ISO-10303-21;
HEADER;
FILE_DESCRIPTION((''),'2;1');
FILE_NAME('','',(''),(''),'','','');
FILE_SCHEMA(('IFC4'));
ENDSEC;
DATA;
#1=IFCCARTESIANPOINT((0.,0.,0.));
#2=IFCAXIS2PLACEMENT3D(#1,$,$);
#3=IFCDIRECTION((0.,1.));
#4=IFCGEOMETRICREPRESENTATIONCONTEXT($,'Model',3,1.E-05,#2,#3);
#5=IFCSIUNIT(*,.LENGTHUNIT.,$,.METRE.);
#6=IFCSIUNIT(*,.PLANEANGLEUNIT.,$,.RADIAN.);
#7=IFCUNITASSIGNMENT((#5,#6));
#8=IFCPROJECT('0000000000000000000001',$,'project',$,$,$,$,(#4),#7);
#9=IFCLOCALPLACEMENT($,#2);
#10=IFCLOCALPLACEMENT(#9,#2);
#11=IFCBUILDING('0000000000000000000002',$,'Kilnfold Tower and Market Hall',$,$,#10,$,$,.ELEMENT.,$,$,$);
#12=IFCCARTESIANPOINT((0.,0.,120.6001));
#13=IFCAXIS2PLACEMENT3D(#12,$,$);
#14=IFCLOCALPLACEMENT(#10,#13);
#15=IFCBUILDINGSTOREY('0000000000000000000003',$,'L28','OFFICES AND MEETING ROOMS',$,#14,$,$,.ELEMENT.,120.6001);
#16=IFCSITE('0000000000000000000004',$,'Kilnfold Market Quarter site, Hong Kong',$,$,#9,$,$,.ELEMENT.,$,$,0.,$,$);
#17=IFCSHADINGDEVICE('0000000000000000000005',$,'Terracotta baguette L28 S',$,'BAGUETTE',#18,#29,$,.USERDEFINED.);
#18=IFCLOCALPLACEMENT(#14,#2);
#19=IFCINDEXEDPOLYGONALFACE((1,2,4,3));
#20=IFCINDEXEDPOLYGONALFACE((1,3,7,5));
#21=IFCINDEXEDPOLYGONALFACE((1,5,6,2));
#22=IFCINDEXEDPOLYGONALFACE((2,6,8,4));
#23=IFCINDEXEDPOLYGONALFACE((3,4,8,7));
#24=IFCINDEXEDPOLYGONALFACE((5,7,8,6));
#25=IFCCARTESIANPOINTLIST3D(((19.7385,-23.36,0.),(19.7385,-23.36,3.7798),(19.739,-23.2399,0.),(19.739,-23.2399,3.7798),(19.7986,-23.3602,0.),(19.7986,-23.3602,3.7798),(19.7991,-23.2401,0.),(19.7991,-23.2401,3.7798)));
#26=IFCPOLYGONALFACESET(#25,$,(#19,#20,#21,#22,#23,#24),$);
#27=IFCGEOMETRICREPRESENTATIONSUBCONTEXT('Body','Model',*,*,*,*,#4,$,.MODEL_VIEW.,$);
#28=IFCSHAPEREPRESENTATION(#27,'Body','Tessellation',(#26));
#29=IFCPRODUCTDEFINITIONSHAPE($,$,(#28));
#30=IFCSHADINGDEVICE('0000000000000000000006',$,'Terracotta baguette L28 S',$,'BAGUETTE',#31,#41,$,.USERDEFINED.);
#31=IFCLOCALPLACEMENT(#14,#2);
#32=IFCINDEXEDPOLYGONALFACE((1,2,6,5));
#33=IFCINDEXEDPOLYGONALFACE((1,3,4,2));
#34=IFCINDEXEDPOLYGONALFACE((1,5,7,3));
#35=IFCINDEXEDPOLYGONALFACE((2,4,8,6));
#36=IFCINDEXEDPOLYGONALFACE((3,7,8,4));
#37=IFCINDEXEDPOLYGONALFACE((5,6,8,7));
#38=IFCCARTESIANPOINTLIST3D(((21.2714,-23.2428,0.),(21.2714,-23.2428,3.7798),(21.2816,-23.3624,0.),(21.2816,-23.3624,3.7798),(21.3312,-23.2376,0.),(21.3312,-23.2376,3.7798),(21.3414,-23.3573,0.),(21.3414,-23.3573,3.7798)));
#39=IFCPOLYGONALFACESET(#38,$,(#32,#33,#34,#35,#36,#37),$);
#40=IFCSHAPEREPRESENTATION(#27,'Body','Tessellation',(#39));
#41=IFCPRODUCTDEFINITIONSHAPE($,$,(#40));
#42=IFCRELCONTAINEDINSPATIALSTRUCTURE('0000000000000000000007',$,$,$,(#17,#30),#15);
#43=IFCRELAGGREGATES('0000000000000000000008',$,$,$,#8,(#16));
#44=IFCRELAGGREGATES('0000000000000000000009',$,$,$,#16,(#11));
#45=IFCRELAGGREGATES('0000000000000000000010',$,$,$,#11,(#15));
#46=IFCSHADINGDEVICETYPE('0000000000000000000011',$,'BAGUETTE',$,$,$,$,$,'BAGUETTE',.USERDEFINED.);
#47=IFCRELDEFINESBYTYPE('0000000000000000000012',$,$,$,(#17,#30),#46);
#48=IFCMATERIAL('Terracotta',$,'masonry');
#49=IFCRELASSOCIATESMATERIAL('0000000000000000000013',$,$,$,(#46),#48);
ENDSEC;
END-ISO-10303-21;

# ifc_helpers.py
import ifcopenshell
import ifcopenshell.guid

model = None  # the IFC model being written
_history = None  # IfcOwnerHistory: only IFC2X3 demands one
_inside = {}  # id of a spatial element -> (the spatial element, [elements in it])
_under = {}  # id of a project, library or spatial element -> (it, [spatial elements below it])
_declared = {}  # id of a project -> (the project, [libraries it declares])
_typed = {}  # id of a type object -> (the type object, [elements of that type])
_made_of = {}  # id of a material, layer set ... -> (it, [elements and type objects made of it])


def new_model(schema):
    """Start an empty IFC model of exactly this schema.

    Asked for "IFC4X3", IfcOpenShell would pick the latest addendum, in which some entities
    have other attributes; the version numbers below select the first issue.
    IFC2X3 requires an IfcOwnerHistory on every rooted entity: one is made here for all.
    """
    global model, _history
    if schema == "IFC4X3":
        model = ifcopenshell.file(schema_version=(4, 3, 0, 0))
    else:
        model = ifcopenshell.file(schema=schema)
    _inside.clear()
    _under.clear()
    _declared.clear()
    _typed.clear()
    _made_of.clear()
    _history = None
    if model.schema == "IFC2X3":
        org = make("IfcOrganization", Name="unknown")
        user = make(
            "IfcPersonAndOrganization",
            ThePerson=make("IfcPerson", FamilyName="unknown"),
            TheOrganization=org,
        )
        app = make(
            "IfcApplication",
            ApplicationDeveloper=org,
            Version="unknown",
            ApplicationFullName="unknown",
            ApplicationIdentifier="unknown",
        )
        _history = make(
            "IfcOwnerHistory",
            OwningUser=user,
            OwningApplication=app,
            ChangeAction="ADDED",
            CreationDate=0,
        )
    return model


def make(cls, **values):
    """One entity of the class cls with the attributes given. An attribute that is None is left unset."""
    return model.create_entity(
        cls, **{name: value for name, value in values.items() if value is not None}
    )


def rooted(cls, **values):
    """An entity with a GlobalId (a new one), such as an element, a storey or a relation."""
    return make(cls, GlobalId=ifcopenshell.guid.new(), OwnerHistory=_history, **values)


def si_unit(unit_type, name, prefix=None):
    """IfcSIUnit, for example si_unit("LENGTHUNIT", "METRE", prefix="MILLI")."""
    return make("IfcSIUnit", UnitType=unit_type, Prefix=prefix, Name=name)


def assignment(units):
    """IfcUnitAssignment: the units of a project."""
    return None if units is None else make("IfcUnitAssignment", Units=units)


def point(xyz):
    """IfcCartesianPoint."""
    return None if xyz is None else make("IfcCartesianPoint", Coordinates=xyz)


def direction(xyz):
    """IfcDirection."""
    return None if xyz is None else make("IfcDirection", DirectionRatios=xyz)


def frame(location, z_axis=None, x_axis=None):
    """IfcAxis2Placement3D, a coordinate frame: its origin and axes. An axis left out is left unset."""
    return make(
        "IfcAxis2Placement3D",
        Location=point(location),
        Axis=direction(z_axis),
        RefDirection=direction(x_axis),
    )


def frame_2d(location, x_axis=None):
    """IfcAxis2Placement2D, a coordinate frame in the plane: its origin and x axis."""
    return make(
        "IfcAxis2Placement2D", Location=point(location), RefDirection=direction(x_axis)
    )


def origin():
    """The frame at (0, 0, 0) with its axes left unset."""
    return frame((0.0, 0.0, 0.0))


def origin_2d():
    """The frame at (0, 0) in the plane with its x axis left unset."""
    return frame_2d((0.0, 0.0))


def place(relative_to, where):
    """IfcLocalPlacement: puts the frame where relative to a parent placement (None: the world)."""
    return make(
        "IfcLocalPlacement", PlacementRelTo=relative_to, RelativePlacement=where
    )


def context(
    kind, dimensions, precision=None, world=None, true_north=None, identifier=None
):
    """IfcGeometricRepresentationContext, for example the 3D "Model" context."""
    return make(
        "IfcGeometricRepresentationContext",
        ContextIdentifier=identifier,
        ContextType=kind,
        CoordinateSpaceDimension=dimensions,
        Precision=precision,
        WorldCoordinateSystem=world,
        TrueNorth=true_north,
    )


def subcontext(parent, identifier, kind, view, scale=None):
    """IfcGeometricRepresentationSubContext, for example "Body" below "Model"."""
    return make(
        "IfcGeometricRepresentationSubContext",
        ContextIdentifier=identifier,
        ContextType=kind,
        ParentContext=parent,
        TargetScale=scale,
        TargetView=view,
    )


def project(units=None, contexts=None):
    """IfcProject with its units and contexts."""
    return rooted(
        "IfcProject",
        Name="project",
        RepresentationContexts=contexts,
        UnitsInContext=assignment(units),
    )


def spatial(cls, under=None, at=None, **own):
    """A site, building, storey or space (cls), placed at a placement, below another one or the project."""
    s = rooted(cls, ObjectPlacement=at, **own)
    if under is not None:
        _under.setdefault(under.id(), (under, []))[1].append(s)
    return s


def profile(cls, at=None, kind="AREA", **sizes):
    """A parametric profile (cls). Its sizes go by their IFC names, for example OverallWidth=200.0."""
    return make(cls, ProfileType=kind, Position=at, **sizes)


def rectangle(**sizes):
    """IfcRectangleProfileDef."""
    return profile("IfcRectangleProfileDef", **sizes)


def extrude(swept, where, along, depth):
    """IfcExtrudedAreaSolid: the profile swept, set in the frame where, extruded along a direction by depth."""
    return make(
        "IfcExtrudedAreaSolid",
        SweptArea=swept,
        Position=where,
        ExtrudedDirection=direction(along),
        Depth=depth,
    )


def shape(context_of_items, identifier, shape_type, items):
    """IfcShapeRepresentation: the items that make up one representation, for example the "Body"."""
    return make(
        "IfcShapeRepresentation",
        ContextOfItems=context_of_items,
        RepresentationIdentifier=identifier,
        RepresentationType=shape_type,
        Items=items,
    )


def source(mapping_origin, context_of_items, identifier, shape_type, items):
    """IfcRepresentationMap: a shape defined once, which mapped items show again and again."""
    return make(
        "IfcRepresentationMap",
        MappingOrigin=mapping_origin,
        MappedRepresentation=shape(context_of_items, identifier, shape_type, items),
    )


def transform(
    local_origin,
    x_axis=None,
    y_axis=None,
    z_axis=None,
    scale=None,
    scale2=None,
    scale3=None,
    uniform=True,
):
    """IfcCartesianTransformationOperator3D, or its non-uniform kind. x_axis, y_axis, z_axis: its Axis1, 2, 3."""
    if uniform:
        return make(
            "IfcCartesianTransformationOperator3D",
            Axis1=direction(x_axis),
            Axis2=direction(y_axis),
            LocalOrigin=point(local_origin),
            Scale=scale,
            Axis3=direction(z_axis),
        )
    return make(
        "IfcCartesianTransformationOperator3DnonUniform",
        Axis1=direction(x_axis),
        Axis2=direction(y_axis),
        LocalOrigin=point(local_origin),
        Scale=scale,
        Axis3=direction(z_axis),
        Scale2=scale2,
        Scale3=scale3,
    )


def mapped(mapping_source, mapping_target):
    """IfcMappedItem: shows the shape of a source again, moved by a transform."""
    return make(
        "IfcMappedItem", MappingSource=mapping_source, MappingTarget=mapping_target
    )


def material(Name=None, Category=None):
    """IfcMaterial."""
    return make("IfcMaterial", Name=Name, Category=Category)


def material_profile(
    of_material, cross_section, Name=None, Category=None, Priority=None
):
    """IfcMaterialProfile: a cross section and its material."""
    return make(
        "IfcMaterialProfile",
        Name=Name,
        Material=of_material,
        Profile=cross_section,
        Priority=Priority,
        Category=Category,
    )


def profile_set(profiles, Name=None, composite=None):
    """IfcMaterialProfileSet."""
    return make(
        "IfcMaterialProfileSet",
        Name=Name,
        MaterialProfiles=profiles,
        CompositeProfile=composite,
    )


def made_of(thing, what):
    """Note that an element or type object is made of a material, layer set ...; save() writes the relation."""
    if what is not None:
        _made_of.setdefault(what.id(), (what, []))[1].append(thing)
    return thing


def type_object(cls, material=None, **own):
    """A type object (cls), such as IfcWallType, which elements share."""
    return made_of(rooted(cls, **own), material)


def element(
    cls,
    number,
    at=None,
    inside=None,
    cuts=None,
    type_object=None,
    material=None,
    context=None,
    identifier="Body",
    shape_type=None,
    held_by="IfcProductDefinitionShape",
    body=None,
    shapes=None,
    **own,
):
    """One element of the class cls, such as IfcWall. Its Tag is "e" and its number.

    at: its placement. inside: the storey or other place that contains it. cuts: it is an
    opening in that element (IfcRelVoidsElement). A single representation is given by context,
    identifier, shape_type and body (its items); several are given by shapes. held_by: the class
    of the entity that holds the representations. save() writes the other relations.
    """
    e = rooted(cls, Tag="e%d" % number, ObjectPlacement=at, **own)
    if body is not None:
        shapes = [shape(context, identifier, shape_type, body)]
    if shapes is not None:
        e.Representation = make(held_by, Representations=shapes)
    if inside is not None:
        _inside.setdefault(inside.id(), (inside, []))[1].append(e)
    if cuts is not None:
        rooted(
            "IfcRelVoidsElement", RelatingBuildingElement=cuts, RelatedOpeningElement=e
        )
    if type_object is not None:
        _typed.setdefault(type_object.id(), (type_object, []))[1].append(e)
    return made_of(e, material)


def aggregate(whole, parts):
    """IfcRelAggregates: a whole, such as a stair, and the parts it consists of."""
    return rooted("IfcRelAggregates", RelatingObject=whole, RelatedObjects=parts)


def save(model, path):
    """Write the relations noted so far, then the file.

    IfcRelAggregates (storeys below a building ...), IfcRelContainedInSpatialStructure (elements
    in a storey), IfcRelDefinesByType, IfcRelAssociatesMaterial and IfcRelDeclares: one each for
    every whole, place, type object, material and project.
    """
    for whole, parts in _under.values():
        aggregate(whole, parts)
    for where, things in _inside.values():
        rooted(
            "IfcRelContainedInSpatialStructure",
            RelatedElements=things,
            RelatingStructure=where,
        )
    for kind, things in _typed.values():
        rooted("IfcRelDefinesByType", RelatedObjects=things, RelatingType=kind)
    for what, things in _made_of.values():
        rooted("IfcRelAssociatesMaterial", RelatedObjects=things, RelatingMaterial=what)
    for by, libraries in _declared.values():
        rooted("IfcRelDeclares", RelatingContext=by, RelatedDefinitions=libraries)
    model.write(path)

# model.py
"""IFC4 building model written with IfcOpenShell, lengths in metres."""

from ifc_helpers import new_model, si_unit, direction, frame, origin, origin_2d, place, context, subcontext, project, spatial, rectangle, extrude, source, transform, mapped, material, material_profile, profile_set, type_object, element, save


model = new_model("IFC4")

# Units and contexts
model_context = context("Model", 3, precision=1e-05, world=origin(), true_north=direction((0.0, 1.0)))
body_context = subcontext(model_context, "Body", "Model", "MODEL_VIEW")
ifc_project = project(units=[si_unit("LENGTHUNIT", "METRE"), si_unit("PLANEANGLEUNIT", "RADIAN")], contexts=[model_context])

# Site, building, storey
site_placement = place(None, origin())
site = spatial("IfcSite", under=ifc_project, at=site_placement, Name="Kilnfold Market Quarter site, Hong Kong", CompositionType="ELEMENT", RefElevation=0.0)
building_placement = place(site_placement, origin())
building = spatial("IfcBuilding", under=site, at=building_placement, Name="Kilnfold Tower and Market Hall", CompositionType="ELEMENT")
storey_placement = place(building_placement, frame((0.0, 0.0, 120.6001)))
storey = spatial("IfcBuildingStorey", under=building, at=storey_placement, Name="L28", Description="OFFICES AND MEETING ROOMS", CompositionType="ELEMENT", Elevation=120.6001)

# Shading devices
ifc_material_1 = material(Name="Terracotta", Category="masonry")
ifc_material_profile_1 = material_profile(ifc_material_1, rectangle(XDim=0.0601, YDim=0.1201, at=origin_2d()), Name="BAG 60x120")
ifc_profile_set_1 = profile_set([ifc_material_profile_1], Name="Terracotta")
shading_device_type = type_object("IfcShadingDeviceType", Name="BAGUETTE", ElementType="BAGUETTE", PredefinedType="USERDEFINED", material=ifc_profile_set_1)
shared_shape_1 = source(origin(), body_context, "Body", "SweptSolid", [
    extrude(rectangle(XDim=0.0601, YDim=0.1201, at=origin_2d()), origin(), (0.0, 0.0, 1.0), 3.7798),
])
for number, where, z_axis, x_axis, name in (
    (1, (19.7688, -23.3, 0.0), (0.0, 0.0, 1.0), (0.99999, -0.004465, 0.0), "Terracotta baguette L28 S"),
    (2, (21.3064, -23.3, 0.0), (0.0, 0.0, 1.0), (0.996356, 0.085288, 0.0), "Terracotta baguette L28 S"),
):
    element("IfcShadingDevice", number, at=place(storey_placement, frame(where, z_axis=z_axis, x_axis=x_axis)), inside=storey, type_object=shading_device_type, Name=name, ObjectType="BAGUETTE", PredefinedType="USERDEFINED", context=body_context, shape_type="MappedRepresentation", body=[
        mapped(shared_shape_1, transform((0.0, 0.0, 0.0))),
    ])

save(model, "model.ifc")
